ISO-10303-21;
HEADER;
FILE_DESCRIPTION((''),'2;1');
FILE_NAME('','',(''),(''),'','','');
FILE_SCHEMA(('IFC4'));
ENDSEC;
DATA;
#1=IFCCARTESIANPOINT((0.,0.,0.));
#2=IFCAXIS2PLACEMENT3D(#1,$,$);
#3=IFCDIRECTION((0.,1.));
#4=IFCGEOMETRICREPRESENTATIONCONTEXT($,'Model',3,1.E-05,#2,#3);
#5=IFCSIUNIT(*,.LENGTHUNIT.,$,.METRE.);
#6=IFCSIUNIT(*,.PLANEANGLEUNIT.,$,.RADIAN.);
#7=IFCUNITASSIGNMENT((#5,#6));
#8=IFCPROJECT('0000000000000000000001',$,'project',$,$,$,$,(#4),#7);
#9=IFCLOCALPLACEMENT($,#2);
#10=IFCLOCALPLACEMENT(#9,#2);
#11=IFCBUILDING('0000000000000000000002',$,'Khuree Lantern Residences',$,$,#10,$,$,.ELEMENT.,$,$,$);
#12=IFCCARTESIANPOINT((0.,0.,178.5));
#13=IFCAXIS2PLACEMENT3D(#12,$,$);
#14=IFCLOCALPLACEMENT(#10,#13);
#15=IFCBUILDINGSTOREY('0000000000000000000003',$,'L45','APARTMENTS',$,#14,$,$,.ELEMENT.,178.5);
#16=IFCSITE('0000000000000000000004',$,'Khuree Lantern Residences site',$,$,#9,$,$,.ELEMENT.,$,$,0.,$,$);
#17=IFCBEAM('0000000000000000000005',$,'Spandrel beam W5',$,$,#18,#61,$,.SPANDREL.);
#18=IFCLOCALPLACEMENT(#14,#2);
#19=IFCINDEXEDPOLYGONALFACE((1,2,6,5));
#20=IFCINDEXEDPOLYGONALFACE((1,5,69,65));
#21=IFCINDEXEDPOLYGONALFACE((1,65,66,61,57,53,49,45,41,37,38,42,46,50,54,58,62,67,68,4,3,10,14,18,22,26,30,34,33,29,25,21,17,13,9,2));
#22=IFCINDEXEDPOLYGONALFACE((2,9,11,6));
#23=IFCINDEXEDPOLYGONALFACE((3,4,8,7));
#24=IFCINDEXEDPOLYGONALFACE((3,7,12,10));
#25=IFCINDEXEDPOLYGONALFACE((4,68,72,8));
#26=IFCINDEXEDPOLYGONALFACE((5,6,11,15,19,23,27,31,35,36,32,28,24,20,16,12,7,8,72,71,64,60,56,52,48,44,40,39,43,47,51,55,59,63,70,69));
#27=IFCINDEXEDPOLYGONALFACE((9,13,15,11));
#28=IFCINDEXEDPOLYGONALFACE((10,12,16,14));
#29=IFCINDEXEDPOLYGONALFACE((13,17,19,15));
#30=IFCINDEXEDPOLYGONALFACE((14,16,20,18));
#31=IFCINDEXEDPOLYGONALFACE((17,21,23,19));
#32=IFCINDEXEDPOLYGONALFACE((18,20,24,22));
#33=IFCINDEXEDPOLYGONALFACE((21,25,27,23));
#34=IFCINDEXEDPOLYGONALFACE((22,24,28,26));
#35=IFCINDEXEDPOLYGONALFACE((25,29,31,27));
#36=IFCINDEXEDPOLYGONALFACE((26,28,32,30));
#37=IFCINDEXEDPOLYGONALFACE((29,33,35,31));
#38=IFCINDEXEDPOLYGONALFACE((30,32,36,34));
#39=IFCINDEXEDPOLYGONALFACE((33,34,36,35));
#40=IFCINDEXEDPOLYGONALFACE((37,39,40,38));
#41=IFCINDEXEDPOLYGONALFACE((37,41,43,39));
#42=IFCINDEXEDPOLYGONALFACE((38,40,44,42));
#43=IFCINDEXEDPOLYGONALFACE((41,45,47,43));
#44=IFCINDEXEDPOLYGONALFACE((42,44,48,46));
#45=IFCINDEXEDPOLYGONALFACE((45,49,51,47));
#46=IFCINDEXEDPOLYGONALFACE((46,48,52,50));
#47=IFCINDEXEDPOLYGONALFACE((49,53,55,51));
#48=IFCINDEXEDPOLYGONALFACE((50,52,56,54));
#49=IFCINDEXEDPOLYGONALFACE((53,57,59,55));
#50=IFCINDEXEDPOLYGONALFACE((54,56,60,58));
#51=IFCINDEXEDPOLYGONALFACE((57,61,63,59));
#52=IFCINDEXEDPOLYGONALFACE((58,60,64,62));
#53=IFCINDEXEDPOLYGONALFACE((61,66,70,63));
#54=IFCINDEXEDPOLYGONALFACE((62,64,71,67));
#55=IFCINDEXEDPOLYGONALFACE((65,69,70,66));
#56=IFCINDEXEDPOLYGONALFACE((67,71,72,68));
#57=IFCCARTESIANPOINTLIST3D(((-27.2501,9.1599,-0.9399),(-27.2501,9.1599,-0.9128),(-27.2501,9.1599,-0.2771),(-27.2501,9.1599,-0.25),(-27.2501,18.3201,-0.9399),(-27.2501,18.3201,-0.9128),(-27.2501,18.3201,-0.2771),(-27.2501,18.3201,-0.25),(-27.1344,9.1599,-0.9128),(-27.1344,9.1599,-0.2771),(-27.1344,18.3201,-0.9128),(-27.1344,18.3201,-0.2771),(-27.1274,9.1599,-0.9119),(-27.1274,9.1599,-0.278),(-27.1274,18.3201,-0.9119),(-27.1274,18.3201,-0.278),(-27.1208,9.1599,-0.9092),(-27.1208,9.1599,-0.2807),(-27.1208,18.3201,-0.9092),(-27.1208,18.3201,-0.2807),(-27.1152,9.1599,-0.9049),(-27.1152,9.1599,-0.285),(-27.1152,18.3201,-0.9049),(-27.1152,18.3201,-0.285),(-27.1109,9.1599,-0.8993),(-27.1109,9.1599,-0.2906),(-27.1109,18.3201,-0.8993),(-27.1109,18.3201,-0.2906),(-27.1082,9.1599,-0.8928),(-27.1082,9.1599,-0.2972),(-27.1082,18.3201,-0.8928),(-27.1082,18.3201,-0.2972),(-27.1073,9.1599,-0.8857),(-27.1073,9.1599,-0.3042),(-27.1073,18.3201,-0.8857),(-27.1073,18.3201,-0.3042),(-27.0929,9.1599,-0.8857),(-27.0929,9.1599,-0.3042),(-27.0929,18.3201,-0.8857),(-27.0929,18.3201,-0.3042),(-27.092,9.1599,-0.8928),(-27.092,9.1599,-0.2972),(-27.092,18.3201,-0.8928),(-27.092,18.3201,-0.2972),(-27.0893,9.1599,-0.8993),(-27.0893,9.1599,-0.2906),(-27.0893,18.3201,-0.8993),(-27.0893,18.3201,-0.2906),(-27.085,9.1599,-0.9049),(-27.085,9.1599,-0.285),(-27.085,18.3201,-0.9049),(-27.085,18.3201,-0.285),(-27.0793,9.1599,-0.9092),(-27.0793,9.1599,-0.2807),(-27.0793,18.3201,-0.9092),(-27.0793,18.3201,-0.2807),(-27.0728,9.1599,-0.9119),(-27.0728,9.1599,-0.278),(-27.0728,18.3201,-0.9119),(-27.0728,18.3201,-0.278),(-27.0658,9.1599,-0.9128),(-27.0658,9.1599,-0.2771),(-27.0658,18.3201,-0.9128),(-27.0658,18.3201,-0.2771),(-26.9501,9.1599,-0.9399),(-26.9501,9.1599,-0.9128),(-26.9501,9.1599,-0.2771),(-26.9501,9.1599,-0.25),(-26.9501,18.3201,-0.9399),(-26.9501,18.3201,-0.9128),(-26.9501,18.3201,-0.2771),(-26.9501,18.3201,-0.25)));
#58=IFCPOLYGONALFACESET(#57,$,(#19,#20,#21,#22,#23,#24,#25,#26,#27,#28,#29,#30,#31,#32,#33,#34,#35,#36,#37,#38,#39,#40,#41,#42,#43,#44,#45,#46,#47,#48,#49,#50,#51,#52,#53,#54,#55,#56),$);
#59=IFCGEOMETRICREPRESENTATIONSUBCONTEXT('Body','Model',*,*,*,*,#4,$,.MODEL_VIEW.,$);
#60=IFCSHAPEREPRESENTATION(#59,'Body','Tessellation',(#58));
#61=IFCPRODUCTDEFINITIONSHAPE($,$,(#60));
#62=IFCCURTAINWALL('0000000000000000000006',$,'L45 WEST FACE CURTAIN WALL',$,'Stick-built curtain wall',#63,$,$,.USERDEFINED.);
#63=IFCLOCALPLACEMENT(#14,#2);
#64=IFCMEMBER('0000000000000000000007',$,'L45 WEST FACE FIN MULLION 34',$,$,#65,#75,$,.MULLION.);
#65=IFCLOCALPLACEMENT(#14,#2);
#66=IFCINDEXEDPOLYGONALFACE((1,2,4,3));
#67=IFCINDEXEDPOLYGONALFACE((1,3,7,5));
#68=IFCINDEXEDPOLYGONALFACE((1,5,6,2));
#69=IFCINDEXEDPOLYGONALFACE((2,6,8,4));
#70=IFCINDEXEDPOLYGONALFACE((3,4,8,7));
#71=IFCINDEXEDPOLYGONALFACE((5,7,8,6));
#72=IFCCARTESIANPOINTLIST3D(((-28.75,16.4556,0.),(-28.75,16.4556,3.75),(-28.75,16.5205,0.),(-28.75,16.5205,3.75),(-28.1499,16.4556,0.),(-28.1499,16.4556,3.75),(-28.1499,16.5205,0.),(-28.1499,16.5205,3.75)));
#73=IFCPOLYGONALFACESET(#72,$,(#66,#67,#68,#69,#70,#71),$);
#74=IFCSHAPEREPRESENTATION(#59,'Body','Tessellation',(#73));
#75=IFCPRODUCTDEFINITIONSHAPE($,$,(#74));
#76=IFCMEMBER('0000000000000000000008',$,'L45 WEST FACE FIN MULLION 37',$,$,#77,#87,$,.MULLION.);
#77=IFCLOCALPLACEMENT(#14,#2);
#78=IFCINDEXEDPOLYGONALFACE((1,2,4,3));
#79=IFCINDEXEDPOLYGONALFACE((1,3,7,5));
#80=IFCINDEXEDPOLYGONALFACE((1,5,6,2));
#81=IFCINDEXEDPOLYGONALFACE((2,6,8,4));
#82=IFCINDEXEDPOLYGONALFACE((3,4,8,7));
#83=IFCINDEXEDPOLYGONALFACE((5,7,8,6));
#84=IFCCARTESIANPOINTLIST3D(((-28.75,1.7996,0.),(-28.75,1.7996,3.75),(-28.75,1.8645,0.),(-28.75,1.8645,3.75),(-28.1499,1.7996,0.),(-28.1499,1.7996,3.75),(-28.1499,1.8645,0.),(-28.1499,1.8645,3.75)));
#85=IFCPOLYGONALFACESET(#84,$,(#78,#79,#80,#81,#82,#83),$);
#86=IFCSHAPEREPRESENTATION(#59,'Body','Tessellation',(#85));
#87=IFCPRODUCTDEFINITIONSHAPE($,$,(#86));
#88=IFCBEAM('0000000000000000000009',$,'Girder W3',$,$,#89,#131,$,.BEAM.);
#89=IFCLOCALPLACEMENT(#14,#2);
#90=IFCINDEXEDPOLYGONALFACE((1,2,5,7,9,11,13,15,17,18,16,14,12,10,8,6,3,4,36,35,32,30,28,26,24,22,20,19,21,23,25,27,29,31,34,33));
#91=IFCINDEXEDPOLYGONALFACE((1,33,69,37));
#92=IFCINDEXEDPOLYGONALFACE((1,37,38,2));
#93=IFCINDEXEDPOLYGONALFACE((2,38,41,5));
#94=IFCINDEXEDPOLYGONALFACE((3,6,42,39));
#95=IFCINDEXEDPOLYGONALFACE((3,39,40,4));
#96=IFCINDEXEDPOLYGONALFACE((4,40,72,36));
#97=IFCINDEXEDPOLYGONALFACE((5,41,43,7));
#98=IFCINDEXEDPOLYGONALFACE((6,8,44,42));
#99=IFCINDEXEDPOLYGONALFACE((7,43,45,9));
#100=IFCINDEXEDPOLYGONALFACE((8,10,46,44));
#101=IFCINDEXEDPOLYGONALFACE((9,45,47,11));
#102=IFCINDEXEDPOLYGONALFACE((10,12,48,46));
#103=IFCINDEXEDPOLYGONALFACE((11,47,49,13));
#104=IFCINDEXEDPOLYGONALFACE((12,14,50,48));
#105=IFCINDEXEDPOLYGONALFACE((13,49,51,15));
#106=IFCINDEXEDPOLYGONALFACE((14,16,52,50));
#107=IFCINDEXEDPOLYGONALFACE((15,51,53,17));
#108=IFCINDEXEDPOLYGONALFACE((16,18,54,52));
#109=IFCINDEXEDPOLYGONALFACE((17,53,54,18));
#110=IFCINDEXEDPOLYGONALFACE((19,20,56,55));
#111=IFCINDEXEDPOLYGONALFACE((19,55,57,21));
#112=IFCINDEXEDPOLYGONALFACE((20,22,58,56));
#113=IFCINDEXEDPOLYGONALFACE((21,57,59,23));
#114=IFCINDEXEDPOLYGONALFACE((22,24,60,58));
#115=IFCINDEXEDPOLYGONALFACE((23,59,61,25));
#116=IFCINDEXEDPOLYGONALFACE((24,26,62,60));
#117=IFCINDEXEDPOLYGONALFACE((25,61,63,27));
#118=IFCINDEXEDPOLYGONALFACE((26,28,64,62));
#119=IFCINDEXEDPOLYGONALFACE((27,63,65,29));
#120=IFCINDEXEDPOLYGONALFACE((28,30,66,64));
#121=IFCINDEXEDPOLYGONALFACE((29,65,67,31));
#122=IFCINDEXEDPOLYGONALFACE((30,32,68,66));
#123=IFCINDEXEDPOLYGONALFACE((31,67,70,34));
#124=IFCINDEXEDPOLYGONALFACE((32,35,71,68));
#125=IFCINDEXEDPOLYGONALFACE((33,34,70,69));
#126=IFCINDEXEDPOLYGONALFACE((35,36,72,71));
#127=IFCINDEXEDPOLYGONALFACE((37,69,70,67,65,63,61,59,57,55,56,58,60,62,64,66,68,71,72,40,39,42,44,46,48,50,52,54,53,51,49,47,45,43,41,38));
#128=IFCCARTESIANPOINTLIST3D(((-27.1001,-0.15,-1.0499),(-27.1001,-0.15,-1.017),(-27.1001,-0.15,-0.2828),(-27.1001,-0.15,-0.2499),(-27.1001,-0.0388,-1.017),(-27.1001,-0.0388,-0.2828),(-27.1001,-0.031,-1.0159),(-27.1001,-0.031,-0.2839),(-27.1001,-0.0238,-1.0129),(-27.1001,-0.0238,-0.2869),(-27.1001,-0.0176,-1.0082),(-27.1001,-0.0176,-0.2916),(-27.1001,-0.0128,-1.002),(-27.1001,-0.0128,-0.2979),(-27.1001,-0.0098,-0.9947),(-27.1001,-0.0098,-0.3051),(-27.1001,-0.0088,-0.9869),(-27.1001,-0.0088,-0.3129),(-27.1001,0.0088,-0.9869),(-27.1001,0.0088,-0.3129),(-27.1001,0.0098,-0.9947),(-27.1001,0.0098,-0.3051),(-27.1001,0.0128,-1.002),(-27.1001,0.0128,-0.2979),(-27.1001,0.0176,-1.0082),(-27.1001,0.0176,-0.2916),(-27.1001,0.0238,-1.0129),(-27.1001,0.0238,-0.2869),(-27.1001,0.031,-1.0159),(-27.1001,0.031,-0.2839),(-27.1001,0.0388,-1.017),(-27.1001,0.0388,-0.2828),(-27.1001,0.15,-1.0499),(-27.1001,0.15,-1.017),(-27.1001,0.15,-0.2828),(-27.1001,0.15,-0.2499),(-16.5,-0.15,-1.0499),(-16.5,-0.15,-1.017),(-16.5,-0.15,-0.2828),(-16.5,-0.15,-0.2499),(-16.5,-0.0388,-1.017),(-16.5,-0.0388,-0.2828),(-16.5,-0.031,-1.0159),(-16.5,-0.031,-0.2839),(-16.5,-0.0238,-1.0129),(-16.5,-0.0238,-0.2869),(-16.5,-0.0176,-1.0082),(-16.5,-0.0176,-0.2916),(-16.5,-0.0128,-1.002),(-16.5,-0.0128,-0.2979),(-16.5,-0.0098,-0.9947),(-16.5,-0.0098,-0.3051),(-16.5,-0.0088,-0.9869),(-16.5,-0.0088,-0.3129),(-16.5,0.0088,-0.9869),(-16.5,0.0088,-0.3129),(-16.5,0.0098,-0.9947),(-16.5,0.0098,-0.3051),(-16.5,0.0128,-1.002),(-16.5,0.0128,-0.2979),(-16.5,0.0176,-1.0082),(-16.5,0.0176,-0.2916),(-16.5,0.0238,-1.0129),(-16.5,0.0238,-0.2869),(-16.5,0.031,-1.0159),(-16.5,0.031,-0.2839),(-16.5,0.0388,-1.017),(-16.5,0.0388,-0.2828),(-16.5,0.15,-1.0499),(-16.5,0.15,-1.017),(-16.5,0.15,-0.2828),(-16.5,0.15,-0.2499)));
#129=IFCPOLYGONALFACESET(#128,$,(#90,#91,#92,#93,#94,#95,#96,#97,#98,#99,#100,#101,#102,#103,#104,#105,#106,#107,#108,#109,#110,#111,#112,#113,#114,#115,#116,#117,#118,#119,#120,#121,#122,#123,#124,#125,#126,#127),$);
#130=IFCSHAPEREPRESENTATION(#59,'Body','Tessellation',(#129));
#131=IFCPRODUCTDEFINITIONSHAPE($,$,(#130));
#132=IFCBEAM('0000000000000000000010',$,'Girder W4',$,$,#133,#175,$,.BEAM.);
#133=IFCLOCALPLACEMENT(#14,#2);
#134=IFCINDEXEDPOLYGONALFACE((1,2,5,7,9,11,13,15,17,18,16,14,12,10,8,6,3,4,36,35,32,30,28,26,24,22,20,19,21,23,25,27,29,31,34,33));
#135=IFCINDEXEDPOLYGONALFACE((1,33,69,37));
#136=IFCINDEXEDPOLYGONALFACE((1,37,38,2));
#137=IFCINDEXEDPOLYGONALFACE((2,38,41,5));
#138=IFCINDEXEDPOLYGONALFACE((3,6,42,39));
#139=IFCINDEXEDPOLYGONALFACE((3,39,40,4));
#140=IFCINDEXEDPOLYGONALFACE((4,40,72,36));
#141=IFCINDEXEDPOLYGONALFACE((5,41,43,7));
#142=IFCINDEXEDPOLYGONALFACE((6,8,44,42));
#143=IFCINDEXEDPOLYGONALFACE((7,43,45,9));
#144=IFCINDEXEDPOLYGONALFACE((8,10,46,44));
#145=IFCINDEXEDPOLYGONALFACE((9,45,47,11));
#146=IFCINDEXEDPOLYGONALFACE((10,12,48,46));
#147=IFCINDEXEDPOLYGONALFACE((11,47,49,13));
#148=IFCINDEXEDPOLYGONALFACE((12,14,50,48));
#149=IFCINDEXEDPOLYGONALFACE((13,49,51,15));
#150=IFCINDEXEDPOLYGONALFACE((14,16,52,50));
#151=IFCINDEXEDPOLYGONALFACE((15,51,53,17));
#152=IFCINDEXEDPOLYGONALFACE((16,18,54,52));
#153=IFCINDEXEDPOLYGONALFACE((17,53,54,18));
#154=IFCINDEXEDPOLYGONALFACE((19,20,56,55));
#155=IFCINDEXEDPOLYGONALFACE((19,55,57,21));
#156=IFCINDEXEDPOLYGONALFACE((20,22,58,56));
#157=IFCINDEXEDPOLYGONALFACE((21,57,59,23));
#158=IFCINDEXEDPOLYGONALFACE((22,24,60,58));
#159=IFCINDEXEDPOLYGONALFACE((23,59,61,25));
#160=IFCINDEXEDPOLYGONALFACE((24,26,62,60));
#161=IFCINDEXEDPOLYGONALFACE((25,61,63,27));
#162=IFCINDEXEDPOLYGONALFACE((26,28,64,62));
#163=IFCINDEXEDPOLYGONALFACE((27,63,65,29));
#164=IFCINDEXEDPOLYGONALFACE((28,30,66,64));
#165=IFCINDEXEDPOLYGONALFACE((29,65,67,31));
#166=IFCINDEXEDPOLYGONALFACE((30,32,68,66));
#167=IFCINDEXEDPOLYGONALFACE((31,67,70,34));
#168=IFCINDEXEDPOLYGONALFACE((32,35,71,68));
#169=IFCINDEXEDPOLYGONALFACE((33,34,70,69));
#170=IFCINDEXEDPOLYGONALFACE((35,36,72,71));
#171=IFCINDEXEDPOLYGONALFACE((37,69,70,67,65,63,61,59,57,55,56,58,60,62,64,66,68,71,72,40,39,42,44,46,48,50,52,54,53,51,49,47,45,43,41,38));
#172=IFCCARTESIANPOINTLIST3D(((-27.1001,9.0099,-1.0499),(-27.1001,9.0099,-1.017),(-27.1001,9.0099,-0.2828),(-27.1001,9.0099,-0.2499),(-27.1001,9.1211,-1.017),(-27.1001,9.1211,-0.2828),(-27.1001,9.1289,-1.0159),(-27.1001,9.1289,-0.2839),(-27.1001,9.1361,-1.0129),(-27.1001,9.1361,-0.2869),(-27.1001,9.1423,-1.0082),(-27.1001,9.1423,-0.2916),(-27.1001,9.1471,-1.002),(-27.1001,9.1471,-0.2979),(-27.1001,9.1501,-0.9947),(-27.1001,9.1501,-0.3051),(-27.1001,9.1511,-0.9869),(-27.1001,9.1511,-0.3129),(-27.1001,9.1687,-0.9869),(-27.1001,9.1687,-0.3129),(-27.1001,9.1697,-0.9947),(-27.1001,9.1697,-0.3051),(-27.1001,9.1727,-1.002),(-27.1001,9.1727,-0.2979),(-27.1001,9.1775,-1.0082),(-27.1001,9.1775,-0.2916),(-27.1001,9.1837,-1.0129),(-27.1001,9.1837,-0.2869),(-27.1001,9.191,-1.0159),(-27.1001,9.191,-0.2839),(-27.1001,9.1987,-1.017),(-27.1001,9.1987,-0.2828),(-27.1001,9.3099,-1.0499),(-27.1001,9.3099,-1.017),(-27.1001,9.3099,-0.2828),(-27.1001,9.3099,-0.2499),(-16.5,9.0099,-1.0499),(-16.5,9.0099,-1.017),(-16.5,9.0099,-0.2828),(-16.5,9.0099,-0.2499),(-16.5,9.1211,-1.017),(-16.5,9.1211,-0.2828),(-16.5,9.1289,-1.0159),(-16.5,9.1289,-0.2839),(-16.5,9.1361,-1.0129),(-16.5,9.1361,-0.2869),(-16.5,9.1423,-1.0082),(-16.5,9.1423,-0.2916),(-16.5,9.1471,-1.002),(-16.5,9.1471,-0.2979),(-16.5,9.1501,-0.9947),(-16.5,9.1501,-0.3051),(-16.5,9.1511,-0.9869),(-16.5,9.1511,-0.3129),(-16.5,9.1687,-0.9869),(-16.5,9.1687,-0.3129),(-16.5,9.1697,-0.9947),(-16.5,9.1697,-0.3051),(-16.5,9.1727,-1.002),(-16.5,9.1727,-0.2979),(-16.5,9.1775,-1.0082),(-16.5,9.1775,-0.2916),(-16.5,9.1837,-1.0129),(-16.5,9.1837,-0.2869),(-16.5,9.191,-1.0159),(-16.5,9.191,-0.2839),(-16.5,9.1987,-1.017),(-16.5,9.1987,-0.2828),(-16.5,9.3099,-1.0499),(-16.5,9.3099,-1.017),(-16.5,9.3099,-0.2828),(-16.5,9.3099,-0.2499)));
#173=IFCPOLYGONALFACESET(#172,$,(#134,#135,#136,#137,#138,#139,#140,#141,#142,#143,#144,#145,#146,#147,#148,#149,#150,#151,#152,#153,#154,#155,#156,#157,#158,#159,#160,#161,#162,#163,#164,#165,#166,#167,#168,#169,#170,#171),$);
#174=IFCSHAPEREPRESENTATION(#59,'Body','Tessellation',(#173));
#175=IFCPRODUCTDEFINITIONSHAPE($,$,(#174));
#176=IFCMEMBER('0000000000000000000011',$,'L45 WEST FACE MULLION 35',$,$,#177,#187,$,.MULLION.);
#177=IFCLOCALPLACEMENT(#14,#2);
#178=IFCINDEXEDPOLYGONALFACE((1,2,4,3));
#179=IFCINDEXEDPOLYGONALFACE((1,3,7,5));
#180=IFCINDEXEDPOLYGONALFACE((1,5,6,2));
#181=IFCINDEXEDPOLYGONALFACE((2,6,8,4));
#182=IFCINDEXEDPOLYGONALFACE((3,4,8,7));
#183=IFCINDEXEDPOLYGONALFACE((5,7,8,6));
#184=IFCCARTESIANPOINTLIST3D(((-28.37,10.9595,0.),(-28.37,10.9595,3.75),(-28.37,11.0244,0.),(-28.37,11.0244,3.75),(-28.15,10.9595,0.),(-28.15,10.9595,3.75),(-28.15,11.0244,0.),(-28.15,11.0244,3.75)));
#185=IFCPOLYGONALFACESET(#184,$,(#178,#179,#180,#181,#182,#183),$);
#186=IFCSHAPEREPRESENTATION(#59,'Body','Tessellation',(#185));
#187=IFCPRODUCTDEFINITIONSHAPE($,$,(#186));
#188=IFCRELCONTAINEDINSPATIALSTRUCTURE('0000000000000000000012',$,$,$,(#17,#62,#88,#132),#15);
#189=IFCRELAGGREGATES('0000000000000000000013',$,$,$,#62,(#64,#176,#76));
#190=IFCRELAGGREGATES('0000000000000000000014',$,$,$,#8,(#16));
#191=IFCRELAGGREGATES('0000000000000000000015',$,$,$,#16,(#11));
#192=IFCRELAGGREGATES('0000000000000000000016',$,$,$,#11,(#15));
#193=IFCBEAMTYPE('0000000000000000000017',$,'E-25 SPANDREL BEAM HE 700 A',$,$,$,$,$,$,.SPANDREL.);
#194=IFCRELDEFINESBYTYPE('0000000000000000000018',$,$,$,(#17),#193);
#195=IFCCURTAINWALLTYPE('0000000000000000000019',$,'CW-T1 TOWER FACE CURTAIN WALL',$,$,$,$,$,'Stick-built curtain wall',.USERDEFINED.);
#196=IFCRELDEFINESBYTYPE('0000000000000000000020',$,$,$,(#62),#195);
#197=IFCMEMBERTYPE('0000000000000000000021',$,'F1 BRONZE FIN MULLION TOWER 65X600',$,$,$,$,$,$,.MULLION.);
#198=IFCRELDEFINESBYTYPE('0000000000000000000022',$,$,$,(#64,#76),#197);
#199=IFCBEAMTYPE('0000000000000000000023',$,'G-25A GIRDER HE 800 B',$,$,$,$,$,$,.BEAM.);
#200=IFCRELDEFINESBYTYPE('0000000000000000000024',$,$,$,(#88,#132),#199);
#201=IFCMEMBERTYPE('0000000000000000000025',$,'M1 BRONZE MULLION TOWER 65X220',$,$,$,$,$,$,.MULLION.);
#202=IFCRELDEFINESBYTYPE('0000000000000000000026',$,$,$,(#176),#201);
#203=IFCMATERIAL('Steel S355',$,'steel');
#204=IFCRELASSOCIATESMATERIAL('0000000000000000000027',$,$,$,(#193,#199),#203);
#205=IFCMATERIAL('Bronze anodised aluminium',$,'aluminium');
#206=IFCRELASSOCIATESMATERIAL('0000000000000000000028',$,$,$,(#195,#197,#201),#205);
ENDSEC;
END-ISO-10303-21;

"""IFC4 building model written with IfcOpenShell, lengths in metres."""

from ifc_helpers import new_model, si_unit, direction, frame, origin, origin_2d, place, context, subcontext, project, spatial, rectangle, i_section, extrude, material, material_profile, profile_set, type_object, element, aggregate, save


model = new_model("IFC4")

# Units and contexts
model_context = context("Model", 3, precision=1e-05, world=origin(), true_north=direction((0.0, 1.0)))
body_context = subcontext(model_context, "Body", "Model", "MODEL_VIEW")
ifc_project = project(units=[si_unit("LENGTHUNIT", "METRE"), si_unit("PLANEANGLEUNIT", "RADIAN")], contexts=[model_context])

# Site, building, storey
site_placement = place(None, origin())
site = spatial("IfcSite", under=ifc_project, at=site_placement, Name="Khuree Lantern Residences site", CompositionType="ELEMENT", RefElevation=0.0)
building_placement = place(site_placement, origin())
building = spatial("IfcBuilding", under=site, at=building_placement, Name="Khuree Lantern Residences", CompositionType="ELEMENT")
storey_placement = place(building_placement, frame((0.0, 0.0, 178.5)))
storey = spatial("IfcBuildingStorey", under=building, at=storey_placement, Name="L45", Description="APARTMENTS", CompositionType="ELEMENT", Elevation=178.5)

# Beam
ifc_material_1 = material(Name="Steel S355", Category="steel")
ifc_material_profile_1 = material_profile(ifc_material_1, i_section(OverallWidth=0.3, OverallDepth=0.6899, WebThickness=0.0144, FlangeThickness=0.0271, FilletRadius=0.0271, at=origin_2d()), Name="HE 700 A")
ifc_profile_set_1 = profile_set([ifc_material_profile_1], Name="Steel S355")
beam_type_1 = type_object("IfcBeamType", Name="E-25 SPANDREL BEAM HE 700 A", PredefinedType="SPANDREL", material=ifc_profile_set_1)
beam_1_placement = place(storey_placement, frame((-27.1001, 9.1599, -0.595), z_axis=(0.0, 1.0, 0.0), x_axis=(-1.0, 0.0, 0.0)))
element("IfcBeam", 1, at=beam_1_placement, inside=storey, type_object=beam_type_1, Name="Spandrel beam W5", PredefinedType="SPANDREL", context=body_context, shape_type="SweptSolid", body=[
    extrude(i_section(OverallWidth=0.3, OverallDepth=0.6899, WebThickness=0.0144, FlangeThickness=0.0271, FilletRadius=0.0271, at=origin_2d()), origin(), (0.0, 0.0, 1.0), 9.1602),
])

# Curtain wall, members
ifc_material_2 = material(Name="Bronze anodised aluminium", Category="aluminium")
curtain_wall_type = type_object("IfcCurtainWallType", Name="CW-T1 TOWER FACE CURTAIN WALL", ElementType="Stick-built curtain wall", PredefinedType="USERDEFINED", material=ifc_material_2)
curtain_wall_placement = place(storey_placement, origin())
curtain_wall = element("IfcCurtainWall", 2, at=curtain_wall_placement, inside=storey, type_object=curtain_wall_type, Name="L45 WEST FACE CURTAIN WALL", ObjectType="Stick-built curtain wall", PredefinedType="USERDEFINED")
ifc_material_profile_2 = material_profile(ifc_material_2, rectangle(XDim=0.0649, YDim=0.6001, at=origin_2d()), Name="F1 65X600")
ifc_profile_set_2 = profile_set([ifc_material_profile_2], Name="Bronze anodised aluminium")
member_type_1 = type_object("IfcMemberType", Name="F1 BRONZE FIN MULLION TOWER 65X600", PredefinedType="MULLION", material=ifc_profile_set_2)
member_1_placement = place(storey_placement, frame((-28.45, 16.488, 0.0), z_axis=(0.0, 0.0, 1.0), x_axis=(0.0, -1.0, 0.0)))
member_1 = element("IfcMember", 3, at=member_1_placement, type_object=member_type_1, Name="L45 WEST FACE FIN MULLION 34", PredefinedType="MULLION", context=body_context, shape_type="SweptSolid", body=[
    extrude(rectangle(XDim=0.0649, YDim=0.6001, at=origin_2d()), origin(), (0.0, 0.0, 1.0), 3.75),
])
member_2_placement = place(storey_placement, frame((-28.45, 1.832, 0.0), z_axis=(0.0, 0.0, 1.0), x_axis=(0.0, -1.0, 0.0)))
member_2 = element("IfcMember", 4, at=member_2_placement, type_object=member_type_1, Name="L45 WEST FACE FIN MULLION 37", PredefinedType="MULLION", context=body_context, shape_type="SweptSolid", body=[
    extrude(rectangle(XDim=0.0649, YDim=0.6001, at=origin_2d()), origin(), (0.0, 0.0, 1.0), 3.75),
])

# Beams
ifc_material_profile_3 = material_profile(ifc_material_1, i_section(OverallWidth=0.3, OverallDepth=0.8, WebThickness=0.0176, FlangeThickness=0.033, FilletRadius=0.03, at=origin_2d()), Name="HE 800 B")
ifc_profile_set_3 = profile_set([ifc_material_profile_3], Name="Steel S355")
beam_type_2 = type_object("IfcBeamType", Name="G-25A GIRDER HE 800 B", PredefinedType="BEAM", material=ifc_profile_set_3)
for number, where, z_axis, x_axis, name in (
    (5, (-27.1001, 0.0, -0.6499), (1.0, 0.0, 0.0), (0.0, 1.0, 0.0), "Girder W3"),
    (6, (-27.1001, 9.1599, -0.6499), (1.0, 0.0, 0.0), (0.0, 1.0, 0.0), "Girder W4"),
):
    element("IfcBeam", number, at=place(storey_placement, frame(where, z_axis=z_axis, x_axis=x_axis)), inside=storey, type_object=beam_type_2, Name=name, PredefinedType="BEAM", context=body_context, shape_type="SweptSolid", body=[
        extrude(i_section(OverallWidth=0.3, OverallDepth=0.8, WebThickness=0.0176, FlangeThickness=0.033, FilletRadius=0.03, at=origin_2d()), origin(), (0.0, 0.0, 1.0), 10.6001),
    ])

# Member
ifc_material_profile_4 = material_profile(ifc_material_2, rectangle(XDim=0.0649, YDim=0.22, at=origin_2d()), Name="M1 65X220")
ifc_profile_set_4 = profile_set([ifc_material_profile_4], Name="Bronze anodised aluminium")
member_type_2 = type_object("IfcMemberType", Name="M1 BRONZE MULLION TOWER 65X220", PredefinedType="MULLION", material=ifc_profile_set_4)
member_3_placement = place(storey_placement, frame((-28.26, 10.9919, 0.0), z_axis=(0.0, 0.0, 1.0), x_axis=(0.0, -1.0, 0.0)))
member_3 = element("IfcMember", 7, at=member_3_placement, type_object=member_type_2, Name="L45 WEST FACE MULLION 35", PredefinedType="MULLION", context=body_context, shape_type="SweptSolid", body=[
    extrude(rectangle(XDim=0.0649, YDim=0.22, at=origin_2d()), origin(), (0.0, 0.0, 1.0), 3.75),
])

aggregate(curtain_wall, [member_1, member_3, member_2])

save(model, "model.ifc")
